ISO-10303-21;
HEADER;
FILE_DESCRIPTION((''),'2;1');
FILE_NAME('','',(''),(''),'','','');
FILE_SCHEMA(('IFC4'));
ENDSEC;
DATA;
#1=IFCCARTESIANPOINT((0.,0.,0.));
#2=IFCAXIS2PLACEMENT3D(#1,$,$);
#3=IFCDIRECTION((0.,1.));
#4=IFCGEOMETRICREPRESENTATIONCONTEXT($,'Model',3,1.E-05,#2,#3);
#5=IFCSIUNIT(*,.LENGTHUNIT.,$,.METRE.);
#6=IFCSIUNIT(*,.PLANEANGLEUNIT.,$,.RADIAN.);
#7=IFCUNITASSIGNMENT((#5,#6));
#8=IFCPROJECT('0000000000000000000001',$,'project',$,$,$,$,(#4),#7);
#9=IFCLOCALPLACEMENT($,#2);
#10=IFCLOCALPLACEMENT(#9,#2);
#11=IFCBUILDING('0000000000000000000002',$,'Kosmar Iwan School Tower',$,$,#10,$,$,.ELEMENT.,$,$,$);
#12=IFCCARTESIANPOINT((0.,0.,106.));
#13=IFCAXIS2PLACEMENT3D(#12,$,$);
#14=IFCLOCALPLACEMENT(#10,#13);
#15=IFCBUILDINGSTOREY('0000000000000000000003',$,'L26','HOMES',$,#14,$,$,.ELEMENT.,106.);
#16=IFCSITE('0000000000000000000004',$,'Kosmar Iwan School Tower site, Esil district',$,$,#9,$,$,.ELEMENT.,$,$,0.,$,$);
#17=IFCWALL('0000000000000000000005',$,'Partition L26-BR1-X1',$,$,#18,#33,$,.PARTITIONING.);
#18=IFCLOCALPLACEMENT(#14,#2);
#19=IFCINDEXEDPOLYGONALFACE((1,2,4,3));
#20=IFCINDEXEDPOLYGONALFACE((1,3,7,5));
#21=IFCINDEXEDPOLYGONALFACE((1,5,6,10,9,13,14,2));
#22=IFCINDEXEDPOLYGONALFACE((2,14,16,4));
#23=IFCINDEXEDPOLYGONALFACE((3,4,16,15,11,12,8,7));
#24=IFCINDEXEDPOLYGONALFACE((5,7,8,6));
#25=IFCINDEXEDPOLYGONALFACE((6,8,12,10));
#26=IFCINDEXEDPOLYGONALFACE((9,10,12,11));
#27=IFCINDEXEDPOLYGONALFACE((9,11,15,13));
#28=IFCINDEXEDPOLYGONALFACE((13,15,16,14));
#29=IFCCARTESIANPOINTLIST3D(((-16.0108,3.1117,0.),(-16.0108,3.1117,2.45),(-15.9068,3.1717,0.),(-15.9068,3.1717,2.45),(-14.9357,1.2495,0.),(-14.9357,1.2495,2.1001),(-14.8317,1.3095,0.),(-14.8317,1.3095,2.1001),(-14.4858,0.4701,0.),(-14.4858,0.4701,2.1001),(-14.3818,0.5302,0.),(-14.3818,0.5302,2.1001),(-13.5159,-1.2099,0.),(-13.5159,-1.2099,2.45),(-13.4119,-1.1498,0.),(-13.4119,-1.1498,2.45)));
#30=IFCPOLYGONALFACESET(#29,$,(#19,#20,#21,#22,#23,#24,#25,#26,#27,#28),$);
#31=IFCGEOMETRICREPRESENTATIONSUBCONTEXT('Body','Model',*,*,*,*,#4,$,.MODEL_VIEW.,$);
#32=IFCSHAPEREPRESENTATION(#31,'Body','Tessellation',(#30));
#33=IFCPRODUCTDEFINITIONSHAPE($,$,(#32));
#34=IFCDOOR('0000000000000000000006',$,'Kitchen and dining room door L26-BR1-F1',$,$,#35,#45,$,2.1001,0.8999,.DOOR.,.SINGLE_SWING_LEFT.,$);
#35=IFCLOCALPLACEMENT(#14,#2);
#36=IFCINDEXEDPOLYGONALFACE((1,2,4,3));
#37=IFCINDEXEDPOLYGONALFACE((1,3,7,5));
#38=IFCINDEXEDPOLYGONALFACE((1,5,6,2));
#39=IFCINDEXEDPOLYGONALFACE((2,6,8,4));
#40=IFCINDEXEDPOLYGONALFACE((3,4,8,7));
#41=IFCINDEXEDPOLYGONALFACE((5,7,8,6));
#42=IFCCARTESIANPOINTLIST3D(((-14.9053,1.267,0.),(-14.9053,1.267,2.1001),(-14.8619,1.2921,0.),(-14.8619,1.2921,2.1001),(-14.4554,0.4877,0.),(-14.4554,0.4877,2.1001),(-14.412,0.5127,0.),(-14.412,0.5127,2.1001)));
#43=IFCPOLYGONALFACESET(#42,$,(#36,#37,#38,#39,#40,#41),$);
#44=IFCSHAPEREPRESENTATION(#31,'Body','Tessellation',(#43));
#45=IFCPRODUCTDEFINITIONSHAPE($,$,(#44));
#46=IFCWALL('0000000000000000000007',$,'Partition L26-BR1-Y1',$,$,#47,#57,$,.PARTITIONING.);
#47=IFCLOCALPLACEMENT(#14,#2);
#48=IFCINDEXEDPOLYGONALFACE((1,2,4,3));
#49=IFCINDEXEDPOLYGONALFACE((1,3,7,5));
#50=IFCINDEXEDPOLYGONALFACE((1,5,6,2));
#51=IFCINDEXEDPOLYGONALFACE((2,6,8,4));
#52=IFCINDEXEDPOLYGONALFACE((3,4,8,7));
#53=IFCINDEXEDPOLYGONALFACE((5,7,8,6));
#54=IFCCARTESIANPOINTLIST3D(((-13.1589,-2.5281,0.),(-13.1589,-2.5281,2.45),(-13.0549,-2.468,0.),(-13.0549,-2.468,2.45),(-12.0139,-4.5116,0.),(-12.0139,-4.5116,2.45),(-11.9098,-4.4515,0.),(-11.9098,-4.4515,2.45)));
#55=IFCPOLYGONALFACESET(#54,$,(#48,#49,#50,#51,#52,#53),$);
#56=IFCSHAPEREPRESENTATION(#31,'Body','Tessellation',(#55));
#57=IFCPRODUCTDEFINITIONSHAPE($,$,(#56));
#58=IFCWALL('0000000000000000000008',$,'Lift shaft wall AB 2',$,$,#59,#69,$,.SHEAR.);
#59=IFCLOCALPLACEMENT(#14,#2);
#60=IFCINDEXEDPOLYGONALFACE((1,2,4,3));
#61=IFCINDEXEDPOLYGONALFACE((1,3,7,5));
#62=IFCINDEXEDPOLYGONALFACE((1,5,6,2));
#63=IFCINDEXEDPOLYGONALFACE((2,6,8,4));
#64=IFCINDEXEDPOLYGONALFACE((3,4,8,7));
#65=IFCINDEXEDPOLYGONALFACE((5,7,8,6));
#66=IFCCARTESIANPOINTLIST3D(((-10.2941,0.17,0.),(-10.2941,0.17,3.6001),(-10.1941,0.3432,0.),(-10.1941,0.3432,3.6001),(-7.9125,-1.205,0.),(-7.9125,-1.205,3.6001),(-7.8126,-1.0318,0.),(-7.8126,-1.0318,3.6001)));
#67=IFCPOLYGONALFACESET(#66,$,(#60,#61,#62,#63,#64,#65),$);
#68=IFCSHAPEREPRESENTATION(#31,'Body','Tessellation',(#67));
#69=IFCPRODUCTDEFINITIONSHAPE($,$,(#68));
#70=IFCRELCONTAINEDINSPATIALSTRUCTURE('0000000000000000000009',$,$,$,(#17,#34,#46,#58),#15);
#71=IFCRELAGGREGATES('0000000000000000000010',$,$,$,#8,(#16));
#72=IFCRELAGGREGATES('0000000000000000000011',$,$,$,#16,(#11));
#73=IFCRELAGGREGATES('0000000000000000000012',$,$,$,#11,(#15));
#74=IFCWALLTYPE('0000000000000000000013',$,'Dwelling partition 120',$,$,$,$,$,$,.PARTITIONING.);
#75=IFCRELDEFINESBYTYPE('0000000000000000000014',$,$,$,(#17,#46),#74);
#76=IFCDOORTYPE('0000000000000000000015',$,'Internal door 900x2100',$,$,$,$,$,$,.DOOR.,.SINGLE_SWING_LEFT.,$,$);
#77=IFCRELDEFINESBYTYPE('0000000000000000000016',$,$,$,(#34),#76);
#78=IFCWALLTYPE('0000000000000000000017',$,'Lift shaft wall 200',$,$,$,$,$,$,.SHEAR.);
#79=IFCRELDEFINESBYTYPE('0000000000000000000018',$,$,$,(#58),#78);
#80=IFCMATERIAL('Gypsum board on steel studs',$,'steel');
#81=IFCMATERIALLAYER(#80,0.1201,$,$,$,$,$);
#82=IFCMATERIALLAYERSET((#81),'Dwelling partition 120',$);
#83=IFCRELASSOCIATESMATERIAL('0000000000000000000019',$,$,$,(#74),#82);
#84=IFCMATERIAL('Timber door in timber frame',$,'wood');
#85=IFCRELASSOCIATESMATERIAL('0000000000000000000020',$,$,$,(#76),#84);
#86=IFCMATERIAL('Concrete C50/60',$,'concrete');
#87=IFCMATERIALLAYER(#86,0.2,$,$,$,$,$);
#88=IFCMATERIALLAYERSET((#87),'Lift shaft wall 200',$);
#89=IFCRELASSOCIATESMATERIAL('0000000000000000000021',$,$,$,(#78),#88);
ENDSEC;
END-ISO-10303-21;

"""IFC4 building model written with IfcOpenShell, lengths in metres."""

from ifc_helpers import new_model, si_unit, direction, frame, frame_2d, origin, place, context, subcontext, project, spatial, rectangle, extrude, material, layer, layer_set, type_object, element, fill, save


model = new_model("IFC4")

# Units and contexts
model_context = context("Model", 3, precision=1e-05, world=origin(), true_north=direction((0.0, 1.0)))
body_context = subcontext(model_context, "Body", "Model", "MODEL_VIEW")
ifc_project = project(units=[si_unit("LENGTHUNIT", "METRE"), si_unit("PLANEANGLEUNIT", "RADIAN")], contexts=[model_context])

# Site, building, storey
site_placement = place(None, origin())
site = spatial("IfcSite", under=ifc_project, at=site_placement, Name="Kosmar Iwan School Tower site, Esil district", CompositionType="ELEMENT", RefElevation=0.0)
building_placement = place(site_placement, origin())
building = spatial("IfcBuilding", under=site, at=building_placement, Name="Kosmar Iwan School Tower", CompositionType="ELEMENT")
storey_placement = place(building_placement, frame((0.0, 0.0, 106.0)))
storey = spatial("IfcBuildingStorey", under=building, at=storey_placement, Name="L26", Description="HOMES", CompositionType="ELEMENT", Elevation=106.0)

# Shared definitions
ifc_material_1 = material(Name="Gypsum board on steel studs", Category="steel")
ifc_layer_1 = layer(ifc_material_1, 0.1201)
ifc_layer_set_1 = layer_set([ifc_layer_1], Name="Dwelling partition 120")
wall_type_1 = type_object("IfcWallType", Name="Dwelling partition 120", PredefinedType="PARTITIONING", material=ifc_layer_set_1)
ifc_material_2 = material(Name="Timber door in timber frame", Category="wood")
door_type_1 = type_object("IfcDoorType", Name="Internal door 900x2100", OperationType="SINGLE_SWING_LEFT", PredefinedType="DOOR", material=ifc_material_2)

# Wall, opening, door
wall_1_placement = place(storey_placement, frame((-13.4639, -1.1799, 0.0), z_axis=(0.0, 0.0, 1.0), x_axis=(-0.499975, 0.86604, 0.0)))
wall_1 = element("IfcWall", 1, at=wall_1_placement, inside=storey, type_object=wall_type_1, Name="Partition L26-BR1-X1", PredefinedType="PARTITIONING", context=body_context, shape_type="SweptSolid", body=[
    extrude(rectangle(XDim=4.99, YDim=0.1201, at=frame_2d((2.4951, 0.0))), origin(), (0.0, 0.0, 1.0), 2.45),
])
opening_1_placement = place(wall_1_placement, frame((1.9399, 0.0, 0.0)))
opening_1 = element("IfcOpeningElement", 2, at=opening_1_placement, cuts=wall_1, PredefinedType="OPENING", context=body_context, shape_type="SweptSolid", body=[
    extrude(rectangle(XDim=0.8999, YDim=2.1001, at=frame_2d((0.45, 1.05))), frame((0.0, 0.072, 0.0), z_axis=(0.0, -1.0, 0.0), x_axis=(1.0, 0.0, 0.0)), (0.0, 0.0, 1.0), 0.144),
])
door_1_placement = place(opening_1_placement, origin())
door_1 = element("IfcDoor", 3, at=door_1_placement, inside=storey, type_object=door_type_1, Name="Kitchen and dining room door L26-BR1-F1", OperationType="SINGLE_SWING_LEFT", OverallHeight=2.1001, OverallWidth=0.8999, PredefinedType="DOOR", context=body_context, shape_type="SweptSolid", body=[
    extrude(rectangle(XDim=0.8999, YDim=2.1001, at=frame_2d((0.45, 1.05))), frame((0.0, 0.0249, 0.0), z_axis=(0.0, -1.0, 0.0), x_axis=(1.0, 0.0, 0.0)), (0.0, 0.0, 1.0), 0.05),
])
fill(opening_1, door_1)

# Walls
wall_2_placement = place(storey_placement, frame((-11.9619, -4.4814, 0.0), z_axis=(0.0, 0.0, 1.0), x_axis=(-0.499969, 0.866044, 0.0)))
element("IfcWall", 4, at=wall_2_placement, inside=storey, type_object=wall_type_1, Name="Partition L26-BR1-Y1", PredefinedType="PARTITIONING", context=body_context, shape_type="SweptSolid", body=[
    extrude(rectangle(XDim=2.2903, YDim=0.1201, at=frame_2d((1.145, 0.0))), origin(), (0.0, 0.0, 1.0), 2.45),
])
ifc_material_3 = material(Name="Concrete C50/60", Category="concrete")
ifc_layer_2 = layer(ifc_material_3, 0.2)
ifc_layer_set_2 = layer_set([ifc_layer_2], Name="Lift shaft wall 200")
wall_type_2 = type_object("IfcWallType", Name="Lift shaft wall 200", PredefinedType="SHEAR", material=ifc_layer_set_2)
wall_3_placement = place(storey_placement, frame((-7.8625, -1.1184, 0.0), z_axis=(0.0, 0.0, 1.0), x_axis=(-0.866027, 0.499997, 0.0)))
element("IfcWall", 5, at=wall_3_placement, inside=storey, type_object=wall_type_2, Name="Lift shaft wall AB 2", PredefinedType="SHEAR", context=body_context, shape_type="SweptSolid", body=[
    extrude(rectangle(XDim=2.75, YDim=0.2, at=frame_2d((1.375, 0.0))), origin(), (0.0, 0.0, 1.0), 3.6001),
])

save(model, "model.ifc")
